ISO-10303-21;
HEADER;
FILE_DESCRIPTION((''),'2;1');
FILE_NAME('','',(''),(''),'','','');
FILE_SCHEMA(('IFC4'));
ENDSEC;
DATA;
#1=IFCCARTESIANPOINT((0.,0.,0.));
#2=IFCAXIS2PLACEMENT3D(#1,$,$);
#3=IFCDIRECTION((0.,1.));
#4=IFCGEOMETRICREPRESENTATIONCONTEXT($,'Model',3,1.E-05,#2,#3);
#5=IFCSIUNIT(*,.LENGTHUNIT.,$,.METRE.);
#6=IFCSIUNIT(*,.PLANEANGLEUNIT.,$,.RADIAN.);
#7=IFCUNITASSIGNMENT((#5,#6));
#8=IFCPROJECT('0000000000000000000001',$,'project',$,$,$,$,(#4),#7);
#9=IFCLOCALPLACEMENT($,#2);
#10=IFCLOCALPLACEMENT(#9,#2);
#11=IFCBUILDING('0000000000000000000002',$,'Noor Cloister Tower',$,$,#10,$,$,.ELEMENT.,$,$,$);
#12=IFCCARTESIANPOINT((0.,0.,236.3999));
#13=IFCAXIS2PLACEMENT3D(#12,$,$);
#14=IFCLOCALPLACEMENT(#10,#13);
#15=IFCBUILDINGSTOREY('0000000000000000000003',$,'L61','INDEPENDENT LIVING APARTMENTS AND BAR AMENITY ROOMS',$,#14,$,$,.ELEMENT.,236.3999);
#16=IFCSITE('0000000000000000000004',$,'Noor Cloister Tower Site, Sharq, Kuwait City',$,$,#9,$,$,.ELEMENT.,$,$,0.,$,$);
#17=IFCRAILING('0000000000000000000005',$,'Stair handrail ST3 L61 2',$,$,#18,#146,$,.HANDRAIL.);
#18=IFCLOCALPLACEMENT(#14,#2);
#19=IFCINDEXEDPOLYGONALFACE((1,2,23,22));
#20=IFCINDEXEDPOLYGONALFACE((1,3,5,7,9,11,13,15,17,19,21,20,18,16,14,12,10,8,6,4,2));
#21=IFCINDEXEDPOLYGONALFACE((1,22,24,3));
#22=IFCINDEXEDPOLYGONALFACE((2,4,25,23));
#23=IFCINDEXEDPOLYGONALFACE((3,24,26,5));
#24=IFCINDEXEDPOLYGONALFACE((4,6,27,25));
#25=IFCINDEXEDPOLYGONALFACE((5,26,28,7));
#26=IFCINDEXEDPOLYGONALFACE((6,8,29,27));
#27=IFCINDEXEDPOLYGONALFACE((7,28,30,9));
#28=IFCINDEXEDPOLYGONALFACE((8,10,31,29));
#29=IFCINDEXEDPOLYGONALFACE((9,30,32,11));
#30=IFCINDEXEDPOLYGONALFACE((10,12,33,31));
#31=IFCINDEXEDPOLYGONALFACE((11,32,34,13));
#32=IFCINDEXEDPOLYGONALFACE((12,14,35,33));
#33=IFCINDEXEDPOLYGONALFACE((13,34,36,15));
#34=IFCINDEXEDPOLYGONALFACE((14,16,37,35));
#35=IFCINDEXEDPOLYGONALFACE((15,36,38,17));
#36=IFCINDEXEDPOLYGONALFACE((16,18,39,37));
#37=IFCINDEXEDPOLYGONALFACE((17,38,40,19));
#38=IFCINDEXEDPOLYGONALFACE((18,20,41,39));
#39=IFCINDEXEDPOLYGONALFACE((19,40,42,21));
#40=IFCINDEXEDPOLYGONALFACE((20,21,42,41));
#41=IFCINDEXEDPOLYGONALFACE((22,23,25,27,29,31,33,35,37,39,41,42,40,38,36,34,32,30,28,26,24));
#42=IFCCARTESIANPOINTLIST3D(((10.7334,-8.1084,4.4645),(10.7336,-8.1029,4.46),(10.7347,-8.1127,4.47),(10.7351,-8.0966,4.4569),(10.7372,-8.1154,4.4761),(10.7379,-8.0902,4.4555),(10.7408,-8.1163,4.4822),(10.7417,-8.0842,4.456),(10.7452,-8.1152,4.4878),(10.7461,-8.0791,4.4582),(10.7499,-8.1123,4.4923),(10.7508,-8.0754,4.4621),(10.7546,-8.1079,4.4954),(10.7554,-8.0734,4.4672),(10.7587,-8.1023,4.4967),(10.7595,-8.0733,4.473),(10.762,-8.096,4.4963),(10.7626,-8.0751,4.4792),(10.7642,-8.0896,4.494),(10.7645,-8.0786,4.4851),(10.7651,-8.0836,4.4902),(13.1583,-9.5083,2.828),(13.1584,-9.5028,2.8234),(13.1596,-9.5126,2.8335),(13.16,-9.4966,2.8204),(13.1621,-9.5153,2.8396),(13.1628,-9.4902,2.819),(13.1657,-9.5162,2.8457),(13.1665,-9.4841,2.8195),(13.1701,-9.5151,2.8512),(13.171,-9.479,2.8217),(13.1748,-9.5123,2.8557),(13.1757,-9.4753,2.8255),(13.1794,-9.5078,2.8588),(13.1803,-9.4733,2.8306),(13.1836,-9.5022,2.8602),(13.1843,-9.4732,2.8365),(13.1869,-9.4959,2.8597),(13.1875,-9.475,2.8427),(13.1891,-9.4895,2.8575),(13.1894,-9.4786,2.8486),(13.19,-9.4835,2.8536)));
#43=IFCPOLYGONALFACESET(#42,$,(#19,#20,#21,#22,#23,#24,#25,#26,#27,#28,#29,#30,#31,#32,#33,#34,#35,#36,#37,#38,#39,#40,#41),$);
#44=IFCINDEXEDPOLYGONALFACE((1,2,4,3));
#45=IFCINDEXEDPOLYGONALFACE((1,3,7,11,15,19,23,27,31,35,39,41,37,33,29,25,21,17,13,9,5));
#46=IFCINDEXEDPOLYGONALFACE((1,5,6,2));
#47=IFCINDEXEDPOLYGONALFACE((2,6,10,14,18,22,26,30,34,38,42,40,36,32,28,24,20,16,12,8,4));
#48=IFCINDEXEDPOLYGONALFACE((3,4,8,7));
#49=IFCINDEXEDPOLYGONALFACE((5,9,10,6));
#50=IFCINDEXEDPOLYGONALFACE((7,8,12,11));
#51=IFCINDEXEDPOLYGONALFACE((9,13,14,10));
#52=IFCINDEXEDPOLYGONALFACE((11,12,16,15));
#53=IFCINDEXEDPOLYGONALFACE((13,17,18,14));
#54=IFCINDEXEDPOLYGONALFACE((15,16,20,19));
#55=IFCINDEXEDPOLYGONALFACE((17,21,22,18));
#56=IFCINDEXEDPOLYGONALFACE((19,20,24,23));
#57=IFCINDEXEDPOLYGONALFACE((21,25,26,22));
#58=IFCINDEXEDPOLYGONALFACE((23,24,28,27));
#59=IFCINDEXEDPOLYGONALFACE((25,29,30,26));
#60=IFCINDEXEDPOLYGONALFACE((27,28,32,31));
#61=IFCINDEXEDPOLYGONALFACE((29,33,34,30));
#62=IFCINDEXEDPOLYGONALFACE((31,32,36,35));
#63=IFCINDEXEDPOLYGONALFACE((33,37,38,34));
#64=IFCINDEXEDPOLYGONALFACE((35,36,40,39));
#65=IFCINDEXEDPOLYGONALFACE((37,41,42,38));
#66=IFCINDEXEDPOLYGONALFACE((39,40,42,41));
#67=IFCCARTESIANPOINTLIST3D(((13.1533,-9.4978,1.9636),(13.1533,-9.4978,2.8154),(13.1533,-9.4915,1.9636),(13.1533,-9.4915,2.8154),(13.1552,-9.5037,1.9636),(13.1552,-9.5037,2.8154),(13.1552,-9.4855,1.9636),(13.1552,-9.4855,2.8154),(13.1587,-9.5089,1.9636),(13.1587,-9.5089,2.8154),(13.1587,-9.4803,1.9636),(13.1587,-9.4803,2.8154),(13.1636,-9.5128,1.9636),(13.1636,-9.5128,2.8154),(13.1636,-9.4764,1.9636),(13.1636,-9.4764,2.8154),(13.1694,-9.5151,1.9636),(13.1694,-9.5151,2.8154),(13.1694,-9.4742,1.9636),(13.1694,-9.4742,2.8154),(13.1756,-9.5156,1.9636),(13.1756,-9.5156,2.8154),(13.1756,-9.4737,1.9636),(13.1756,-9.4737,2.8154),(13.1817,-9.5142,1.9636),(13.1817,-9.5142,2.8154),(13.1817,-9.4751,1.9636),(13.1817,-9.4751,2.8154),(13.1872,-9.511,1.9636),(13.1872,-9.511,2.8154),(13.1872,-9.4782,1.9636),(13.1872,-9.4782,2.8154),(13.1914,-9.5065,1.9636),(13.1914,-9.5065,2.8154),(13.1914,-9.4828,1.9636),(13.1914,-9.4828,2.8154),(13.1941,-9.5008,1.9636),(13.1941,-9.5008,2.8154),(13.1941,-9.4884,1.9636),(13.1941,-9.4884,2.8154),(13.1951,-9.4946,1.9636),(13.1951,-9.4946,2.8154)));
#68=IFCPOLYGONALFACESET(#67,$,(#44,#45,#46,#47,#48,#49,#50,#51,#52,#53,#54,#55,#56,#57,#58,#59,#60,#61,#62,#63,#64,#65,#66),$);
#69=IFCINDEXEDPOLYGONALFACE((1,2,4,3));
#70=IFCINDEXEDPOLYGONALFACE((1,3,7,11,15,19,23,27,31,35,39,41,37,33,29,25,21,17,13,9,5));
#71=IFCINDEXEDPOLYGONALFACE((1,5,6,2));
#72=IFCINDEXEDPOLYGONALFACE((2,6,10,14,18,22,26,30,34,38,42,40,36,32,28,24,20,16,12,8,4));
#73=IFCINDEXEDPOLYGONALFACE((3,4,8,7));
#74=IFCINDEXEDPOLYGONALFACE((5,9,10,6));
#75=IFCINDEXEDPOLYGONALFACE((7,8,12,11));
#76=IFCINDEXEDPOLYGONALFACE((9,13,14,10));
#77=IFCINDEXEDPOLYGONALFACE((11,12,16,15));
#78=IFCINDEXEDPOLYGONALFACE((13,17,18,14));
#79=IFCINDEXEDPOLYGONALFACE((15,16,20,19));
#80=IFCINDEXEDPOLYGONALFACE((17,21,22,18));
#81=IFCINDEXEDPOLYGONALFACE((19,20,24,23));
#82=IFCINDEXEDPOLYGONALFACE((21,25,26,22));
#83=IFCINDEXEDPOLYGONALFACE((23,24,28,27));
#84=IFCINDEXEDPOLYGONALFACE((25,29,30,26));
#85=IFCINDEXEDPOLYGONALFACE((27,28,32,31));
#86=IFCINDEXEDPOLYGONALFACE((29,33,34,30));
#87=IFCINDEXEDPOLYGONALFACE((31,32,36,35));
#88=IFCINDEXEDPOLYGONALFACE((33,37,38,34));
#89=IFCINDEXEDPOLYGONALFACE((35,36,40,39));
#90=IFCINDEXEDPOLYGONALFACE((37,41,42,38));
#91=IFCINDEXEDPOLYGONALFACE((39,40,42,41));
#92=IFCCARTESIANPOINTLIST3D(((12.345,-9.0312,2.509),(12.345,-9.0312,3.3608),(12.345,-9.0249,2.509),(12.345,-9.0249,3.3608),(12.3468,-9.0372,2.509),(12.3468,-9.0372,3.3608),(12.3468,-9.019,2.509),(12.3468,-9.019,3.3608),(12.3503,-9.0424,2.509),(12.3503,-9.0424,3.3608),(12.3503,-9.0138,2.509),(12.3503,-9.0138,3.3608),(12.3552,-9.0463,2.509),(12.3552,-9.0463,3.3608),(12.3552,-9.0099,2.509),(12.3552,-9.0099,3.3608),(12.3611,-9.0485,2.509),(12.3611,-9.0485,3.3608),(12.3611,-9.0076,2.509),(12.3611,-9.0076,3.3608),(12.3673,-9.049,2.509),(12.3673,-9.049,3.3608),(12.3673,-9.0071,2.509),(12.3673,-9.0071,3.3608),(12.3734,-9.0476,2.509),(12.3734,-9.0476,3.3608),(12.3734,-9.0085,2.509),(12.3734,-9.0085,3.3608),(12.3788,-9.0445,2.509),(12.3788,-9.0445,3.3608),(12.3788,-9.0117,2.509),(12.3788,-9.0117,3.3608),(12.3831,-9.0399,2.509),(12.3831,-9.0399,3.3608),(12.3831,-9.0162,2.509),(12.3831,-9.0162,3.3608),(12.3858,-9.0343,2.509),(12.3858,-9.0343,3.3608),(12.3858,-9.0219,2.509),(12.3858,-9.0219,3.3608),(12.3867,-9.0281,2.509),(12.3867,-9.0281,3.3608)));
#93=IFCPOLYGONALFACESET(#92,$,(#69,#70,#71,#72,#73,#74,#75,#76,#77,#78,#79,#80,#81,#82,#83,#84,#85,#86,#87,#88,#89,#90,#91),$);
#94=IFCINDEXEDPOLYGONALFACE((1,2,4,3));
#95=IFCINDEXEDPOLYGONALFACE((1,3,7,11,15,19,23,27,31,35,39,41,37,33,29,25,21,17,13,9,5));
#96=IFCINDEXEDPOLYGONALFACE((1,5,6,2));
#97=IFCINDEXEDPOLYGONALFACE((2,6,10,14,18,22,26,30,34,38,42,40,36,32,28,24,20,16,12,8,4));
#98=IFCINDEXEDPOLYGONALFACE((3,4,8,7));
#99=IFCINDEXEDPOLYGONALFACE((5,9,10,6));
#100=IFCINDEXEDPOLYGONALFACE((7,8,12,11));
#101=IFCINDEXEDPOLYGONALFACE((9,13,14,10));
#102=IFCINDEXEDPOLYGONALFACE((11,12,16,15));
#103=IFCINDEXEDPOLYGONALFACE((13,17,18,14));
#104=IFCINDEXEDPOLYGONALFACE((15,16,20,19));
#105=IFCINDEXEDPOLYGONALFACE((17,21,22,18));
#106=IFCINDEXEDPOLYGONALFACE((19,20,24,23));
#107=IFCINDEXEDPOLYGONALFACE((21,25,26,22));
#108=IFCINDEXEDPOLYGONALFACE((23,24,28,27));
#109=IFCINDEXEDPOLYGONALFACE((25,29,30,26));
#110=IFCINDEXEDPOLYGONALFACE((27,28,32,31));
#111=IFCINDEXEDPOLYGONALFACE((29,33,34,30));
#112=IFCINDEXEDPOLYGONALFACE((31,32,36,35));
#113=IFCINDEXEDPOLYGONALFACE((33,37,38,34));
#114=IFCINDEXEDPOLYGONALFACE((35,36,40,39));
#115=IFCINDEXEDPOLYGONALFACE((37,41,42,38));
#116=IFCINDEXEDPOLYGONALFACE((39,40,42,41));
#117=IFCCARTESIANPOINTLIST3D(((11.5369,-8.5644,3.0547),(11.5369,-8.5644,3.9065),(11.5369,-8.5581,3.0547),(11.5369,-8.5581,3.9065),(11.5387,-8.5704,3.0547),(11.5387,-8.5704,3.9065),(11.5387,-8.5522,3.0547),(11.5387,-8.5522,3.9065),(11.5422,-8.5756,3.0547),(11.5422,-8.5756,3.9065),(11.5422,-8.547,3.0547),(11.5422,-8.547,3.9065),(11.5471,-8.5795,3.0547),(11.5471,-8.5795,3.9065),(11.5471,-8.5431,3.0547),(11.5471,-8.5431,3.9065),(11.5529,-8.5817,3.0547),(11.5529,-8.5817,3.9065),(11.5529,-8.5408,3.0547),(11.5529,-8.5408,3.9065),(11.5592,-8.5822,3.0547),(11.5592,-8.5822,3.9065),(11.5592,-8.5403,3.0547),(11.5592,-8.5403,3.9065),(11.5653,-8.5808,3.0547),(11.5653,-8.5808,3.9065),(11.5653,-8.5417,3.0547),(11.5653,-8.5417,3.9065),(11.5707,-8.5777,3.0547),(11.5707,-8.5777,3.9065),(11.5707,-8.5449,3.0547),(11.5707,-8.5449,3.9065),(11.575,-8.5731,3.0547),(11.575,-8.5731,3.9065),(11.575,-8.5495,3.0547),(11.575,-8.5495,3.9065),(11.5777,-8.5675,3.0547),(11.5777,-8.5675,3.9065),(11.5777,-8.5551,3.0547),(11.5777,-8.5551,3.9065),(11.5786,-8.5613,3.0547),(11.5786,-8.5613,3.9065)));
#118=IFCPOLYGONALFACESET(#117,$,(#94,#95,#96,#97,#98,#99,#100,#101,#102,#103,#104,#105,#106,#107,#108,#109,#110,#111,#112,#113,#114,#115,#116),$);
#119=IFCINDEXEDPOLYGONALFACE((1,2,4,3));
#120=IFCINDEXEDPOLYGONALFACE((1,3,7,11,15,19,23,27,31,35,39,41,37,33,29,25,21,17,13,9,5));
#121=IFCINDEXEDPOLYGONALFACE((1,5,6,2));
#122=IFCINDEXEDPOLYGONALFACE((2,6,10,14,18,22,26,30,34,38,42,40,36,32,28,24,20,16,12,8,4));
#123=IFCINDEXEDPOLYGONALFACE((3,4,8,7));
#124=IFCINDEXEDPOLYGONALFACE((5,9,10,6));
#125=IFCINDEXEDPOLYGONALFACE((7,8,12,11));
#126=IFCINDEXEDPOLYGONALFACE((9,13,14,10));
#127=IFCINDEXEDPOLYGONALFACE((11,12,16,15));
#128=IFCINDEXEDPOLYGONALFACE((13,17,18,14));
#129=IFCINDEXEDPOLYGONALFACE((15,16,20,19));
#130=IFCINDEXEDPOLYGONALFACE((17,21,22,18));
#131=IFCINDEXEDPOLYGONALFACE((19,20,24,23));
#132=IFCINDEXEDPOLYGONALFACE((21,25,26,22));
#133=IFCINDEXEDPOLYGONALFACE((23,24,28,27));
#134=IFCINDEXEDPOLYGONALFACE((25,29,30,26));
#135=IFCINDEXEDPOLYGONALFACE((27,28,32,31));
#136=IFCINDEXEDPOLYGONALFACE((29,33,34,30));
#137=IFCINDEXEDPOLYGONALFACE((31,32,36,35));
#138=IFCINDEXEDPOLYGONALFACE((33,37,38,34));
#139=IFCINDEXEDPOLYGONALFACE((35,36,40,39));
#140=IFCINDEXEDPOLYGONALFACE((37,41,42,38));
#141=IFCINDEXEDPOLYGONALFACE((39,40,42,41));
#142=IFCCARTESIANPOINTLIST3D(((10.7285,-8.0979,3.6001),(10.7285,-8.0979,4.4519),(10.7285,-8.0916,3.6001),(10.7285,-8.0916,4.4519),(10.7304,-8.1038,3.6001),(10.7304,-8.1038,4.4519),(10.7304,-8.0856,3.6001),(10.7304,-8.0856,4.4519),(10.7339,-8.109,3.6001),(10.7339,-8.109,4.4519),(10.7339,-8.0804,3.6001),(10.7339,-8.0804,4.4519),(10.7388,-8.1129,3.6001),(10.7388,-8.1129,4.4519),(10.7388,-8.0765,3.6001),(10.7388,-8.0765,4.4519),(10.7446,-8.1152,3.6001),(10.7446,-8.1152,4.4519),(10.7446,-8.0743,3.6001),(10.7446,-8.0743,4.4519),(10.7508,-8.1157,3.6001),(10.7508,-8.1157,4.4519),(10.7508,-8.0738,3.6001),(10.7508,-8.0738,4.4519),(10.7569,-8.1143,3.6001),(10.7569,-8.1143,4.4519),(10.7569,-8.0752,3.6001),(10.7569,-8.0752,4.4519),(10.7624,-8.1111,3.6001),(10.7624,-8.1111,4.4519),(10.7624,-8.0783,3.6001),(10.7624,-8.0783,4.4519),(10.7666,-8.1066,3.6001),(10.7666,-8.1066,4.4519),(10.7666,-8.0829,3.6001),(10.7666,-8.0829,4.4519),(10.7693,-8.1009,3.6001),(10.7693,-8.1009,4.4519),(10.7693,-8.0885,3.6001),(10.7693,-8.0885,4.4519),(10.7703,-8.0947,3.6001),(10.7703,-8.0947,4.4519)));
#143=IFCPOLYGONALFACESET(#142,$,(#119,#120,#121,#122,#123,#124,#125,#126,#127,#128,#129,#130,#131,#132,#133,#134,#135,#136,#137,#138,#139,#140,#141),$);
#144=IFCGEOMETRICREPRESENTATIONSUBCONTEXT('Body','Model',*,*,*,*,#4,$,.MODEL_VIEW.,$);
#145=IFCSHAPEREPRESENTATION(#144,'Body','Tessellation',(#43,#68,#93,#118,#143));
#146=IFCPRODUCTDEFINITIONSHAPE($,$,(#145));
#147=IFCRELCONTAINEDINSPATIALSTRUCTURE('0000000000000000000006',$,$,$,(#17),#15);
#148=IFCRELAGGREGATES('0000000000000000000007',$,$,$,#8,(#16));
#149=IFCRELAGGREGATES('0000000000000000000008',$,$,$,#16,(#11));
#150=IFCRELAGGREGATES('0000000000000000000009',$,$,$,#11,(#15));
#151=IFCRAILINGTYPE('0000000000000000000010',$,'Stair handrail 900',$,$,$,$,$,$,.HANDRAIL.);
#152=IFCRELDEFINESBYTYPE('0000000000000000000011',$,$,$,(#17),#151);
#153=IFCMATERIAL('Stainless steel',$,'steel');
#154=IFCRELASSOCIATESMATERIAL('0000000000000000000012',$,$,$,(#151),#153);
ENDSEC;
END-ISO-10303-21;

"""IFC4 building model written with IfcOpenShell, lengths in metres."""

from ifc_helpers import new_model, si_unit, direction, frame, origin, origin_2d, place, context, subcontext, project, spatial, circle, extrude, material, type_object, element, save


model = new_model("IFC4")

# Units and contexts
model_context = context("Model", 3, precision=1e-05, world=origin(), true_north=direction((0.0, 1.0)))
body_context = subcontext(model_context, "Body", "Model", "MODEL_VIEW")
ifc_project = project(units=[si_unit("LENGTHUNIT", "METRE"), si_unit("PLANEANGLEUNIT", "RADIAN")], contexts=[model_context])

# Site, building, storey
site_placement = place(None, origin())
site = spatial("IfcSite", under=ifc_project, at=site_placement, Name="Noor Cloister Tower Site, Sharq, Kuwait City", CompositionType="ELEMENT", RefElevation=0.0)
building_placement = place(site_placement, origin())
building = spatial("IfcBuilding", under=site, at=building_placement, Name="Noor Cloister Tower", CompositionType="ELEMENT")
storey_placement = place(building_placement, frame((0.0, 0.0, 236.3999)))
storey = spatial("IfcBuildingStorey", under=building, at=storey_placement, Name="L61", Description="INDEPENDENT LIVING APARTMENTS AND BAR AMENITY ROOMS", CompositionType="ELEMENT", Elevation=236.3999)

# Railing
ifc_material_1 = material(Name="Stainless steel", Category="steel")
railing_type_1 = type_object("IfcRailingType", Name="Stair handrail 900", PredefinedType="HANDRAIL", material=ifc_material_1)
railing_1_placement = place(storey_placement, frame((13.1741, -9.4946, 1.9636)))
element("IfcRailing", 1, at=railing_1_placement, inside=storey, type_object=railing_type_1, Name="Stair handrail ST3 L61 2", PredefinedType="HANDRAIL", context=body_context, shape_type="SweptSolid", body=[
    extrude(circle(Radius=0.0239, at=origin_2d()), frame((0.0, 0.0, 0.876), z_axis=(-0.74769, 0.431661, 0.504608), x_axis=(-0.499984, -0.866035, 0.0)), (0.0, 0.0, 1.0), 3.2432),
    extrude(circle(Radius=0.021, at=origin_2d()), origin(), (0.0, 0.0, 1.0), 0.8518),
    extrude(circle(Radius=0.021, at=origin_2d()), frame((-0.8083, 0.4666, 0.5454)), (0.0, 0.0, 1.0), 0.8518),
    extrude(circle(Radius=0.021, at=origin_2d()), frame((-1.6165, 0.9333, 1.0911)), (0.0, 0.0, 1.0), 0.8518),
    extrude(circle(Radius=0.021, at=origin_2d()), frame((-2.4248, 1.3999, 1.6365)), (0.0, 0.0, 1.0), 0.8518),
])

save(model, "model.ifc")
